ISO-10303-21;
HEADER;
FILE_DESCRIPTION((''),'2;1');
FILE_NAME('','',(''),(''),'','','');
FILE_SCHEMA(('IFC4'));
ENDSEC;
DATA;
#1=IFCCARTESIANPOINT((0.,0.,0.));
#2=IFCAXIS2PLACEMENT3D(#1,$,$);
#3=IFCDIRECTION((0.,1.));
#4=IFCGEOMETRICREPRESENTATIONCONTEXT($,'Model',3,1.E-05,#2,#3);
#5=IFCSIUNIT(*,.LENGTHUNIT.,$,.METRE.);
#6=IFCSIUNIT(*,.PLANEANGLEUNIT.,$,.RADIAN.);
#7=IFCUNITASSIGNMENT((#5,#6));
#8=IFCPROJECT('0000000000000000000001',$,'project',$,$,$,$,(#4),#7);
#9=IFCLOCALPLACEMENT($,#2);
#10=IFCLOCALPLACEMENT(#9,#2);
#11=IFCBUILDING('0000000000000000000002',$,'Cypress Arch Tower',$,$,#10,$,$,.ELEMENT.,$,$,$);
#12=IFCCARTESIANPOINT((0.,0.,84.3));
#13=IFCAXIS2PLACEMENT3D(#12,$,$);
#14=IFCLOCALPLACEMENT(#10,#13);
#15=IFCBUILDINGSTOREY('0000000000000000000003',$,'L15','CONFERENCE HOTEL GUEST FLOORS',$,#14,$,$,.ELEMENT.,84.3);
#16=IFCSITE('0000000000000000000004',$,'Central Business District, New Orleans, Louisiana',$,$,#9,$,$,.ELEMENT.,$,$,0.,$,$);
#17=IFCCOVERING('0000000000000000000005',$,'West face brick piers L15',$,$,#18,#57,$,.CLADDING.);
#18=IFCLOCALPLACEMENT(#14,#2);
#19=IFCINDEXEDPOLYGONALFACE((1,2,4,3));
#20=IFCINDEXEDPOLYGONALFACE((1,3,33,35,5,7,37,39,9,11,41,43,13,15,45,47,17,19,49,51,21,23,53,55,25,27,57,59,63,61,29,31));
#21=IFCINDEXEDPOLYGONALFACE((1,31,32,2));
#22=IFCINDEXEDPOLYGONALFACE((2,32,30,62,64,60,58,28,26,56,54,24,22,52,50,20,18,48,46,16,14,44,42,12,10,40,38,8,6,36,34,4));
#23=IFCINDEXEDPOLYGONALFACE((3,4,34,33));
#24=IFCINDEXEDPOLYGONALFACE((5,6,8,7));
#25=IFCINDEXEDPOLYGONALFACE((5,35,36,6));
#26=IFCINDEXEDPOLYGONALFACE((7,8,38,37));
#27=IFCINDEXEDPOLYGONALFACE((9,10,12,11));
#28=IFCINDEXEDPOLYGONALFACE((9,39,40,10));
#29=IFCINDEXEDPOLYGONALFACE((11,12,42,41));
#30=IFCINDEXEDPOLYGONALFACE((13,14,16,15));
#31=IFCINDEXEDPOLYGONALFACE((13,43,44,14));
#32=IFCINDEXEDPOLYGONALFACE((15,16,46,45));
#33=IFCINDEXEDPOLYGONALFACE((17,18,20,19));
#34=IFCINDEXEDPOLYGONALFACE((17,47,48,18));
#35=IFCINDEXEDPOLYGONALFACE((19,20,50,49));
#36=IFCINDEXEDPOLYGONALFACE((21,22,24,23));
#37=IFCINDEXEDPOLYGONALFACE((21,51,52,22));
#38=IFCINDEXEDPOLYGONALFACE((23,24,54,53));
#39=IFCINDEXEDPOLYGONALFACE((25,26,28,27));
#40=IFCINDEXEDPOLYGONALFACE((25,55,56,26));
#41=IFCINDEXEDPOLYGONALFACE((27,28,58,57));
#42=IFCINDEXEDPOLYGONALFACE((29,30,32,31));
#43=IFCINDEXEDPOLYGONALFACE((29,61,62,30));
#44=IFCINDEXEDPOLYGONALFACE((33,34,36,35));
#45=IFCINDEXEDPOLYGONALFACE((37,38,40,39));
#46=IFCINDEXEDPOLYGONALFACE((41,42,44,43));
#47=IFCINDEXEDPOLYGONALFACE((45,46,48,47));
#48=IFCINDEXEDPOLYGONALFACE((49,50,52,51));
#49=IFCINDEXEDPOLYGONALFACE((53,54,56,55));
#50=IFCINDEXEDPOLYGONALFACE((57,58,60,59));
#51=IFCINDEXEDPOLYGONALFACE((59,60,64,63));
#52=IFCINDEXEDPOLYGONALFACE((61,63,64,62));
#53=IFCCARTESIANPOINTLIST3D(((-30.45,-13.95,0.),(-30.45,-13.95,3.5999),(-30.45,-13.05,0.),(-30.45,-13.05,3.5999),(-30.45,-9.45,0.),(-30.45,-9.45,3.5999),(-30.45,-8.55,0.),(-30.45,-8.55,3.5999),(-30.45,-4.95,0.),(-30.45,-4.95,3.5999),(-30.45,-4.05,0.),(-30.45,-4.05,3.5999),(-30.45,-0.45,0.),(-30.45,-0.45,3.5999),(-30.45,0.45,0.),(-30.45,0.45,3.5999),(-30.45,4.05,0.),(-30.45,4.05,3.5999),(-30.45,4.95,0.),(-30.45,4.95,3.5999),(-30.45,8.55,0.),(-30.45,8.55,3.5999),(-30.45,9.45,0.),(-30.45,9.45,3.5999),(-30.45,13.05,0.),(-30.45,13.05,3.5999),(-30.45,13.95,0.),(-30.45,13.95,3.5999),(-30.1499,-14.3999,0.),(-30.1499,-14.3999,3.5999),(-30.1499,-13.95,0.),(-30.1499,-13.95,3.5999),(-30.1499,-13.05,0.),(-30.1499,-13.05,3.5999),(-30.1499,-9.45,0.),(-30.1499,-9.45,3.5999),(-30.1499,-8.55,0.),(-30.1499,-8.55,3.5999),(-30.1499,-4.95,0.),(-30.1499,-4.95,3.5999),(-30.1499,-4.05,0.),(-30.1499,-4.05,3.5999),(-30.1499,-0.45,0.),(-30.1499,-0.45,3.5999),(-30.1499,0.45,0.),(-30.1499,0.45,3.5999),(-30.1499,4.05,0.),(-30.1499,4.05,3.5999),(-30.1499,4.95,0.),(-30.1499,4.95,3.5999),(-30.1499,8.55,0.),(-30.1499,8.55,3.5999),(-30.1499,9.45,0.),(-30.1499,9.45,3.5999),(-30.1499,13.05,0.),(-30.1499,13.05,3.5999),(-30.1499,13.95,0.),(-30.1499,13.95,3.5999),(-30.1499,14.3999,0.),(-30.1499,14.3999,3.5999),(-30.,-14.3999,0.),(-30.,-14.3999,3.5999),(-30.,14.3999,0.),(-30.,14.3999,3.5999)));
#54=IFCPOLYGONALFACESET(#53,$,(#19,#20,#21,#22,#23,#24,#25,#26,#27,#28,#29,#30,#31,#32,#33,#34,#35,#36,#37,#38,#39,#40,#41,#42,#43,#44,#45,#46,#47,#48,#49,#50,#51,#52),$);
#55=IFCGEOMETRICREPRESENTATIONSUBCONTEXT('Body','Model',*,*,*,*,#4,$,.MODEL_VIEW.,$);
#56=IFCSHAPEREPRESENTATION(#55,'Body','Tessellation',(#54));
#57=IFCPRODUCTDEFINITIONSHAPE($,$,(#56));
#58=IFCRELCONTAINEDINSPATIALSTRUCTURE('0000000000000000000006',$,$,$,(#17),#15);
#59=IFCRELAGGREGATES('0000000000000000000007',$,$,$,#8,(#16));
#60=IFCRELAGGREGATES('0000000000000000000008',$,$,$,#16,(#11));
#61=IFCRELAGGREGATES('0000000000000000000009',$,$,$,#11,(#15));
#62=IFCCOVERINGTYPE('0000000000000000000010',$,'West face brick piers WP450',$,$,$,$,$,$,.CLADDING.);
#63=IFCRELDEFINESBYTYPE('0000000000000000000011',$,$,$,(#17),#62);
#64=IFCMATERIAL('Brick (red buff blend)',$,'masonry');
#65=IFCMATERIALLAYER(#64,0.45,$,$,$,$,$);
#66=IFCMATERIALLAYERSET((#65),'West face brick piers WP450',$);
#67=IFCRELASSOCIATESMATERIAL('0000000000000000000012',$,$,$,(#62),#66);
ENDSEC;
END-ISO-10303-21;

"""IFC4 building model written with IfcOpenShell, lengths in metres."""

from ifc_helpers import new_model, si_unit, direction, frame, origin, place, context, subcontext, project, spatial, polyline, outline, extrude, material, layer, layer_set, type_object, element, save


model = new_model("IFC4")

# Units and contexts
model_context = context("Model", 3, precision=1e-05, world=origin(), true_north=direction((0.0, 1.0)))
body_context = subcontext(model_context, "Body", "Model", "MODEL_VIEW")
ifc_project = project(units=[si_unit("LENGTHUNIT", "METRE"), si_unit("PLANEANGLEUNIT", "RADIAN")], contexts=[model_context])

# Site, building, storey
site_placement = place(None, origin())
site = spatial("IfcSite", under=ifc_project, at=site_placement, Name="Central Business District, New Orleans, Louisiana", CompositionType="ELEMENT", RefElevation=0.0)
building_placement = place(site_placement, origin())
building = spatial("IfcBuilding", under=site, at=building_placement, Name="Cypress Arch Tower", CompositionType="ELEMENT")
storey_placement = place(building_placement, frame((0.0, 0.0, 84.3)))
storey = spatial("IfcBuildingStorey", under=building, at=storey_placement, Name="L15", Description="CONFERENCE HOTEL GUEST FLOORS", CompositionType="ELEMENT", Elevation=84.3)

# Covering
ifc_material_1 = material(Name="Brick (red buff blend)", Category="masonry")
ifc_layer_1 = layer(ifc_material_1, 0.45)
ifc_layer_set_1 = layer_set([ifc_layer_1], Name="West face brick piers WP450")
covering_type_1 = type_object("IfcCoveringType", Name="West face brick piers WP450", PredefinedType="CLADDING", material=ifc_layer_set_1)
covering_1_placement = place(storey_placement, origin())
element("IfcCovering", 1, at=covering_1_placement, inside=storey, type_object=covering_type_1, Name="West face brick piers L15", PredefinedType="CLADDING", context=body_context, shape_type="SweptSolid", body=[
    extrude(outline(polyline([(-30.1499, -13.05), (-30.1499, -9.45), (-30.45, -9.45), (-30.45, -8.55), (-30.1499, -8.55), (-30.1499, -4.95), (-30.45, -4.95), (-30.45, -4.05), (-30.1499, -4.05), (-30.1499, -0.45), (-30.45, -0.45), (-30.45, 0.45), (-30.1499, 0.45), (-30.1499, 4.05), (-30.45, 4.05), (-30.45, 4.95), (-30.1499, 4.95), (-30.1499, 8.55), (-30.45, 8.55), (-30.45, 9.45), (-30.1499, 9.45), (-30.1499, 13.05), (-30.45, 13.05), (-30.45, 13.95), (-30.1499, 13.95), (-30.1499, 14.3999), (-30.0, 14.3999), (-30.0, -14.3999), (-30.1499, -14.3999), (-30.1499, -13.95), (-30.45, -13.95), (-30.45, -13.05), (-30.1499, -13.05)])), origin(), (0.0, 0.0, 1.0), 3.5999),
])

save(model, "model.ifc")
